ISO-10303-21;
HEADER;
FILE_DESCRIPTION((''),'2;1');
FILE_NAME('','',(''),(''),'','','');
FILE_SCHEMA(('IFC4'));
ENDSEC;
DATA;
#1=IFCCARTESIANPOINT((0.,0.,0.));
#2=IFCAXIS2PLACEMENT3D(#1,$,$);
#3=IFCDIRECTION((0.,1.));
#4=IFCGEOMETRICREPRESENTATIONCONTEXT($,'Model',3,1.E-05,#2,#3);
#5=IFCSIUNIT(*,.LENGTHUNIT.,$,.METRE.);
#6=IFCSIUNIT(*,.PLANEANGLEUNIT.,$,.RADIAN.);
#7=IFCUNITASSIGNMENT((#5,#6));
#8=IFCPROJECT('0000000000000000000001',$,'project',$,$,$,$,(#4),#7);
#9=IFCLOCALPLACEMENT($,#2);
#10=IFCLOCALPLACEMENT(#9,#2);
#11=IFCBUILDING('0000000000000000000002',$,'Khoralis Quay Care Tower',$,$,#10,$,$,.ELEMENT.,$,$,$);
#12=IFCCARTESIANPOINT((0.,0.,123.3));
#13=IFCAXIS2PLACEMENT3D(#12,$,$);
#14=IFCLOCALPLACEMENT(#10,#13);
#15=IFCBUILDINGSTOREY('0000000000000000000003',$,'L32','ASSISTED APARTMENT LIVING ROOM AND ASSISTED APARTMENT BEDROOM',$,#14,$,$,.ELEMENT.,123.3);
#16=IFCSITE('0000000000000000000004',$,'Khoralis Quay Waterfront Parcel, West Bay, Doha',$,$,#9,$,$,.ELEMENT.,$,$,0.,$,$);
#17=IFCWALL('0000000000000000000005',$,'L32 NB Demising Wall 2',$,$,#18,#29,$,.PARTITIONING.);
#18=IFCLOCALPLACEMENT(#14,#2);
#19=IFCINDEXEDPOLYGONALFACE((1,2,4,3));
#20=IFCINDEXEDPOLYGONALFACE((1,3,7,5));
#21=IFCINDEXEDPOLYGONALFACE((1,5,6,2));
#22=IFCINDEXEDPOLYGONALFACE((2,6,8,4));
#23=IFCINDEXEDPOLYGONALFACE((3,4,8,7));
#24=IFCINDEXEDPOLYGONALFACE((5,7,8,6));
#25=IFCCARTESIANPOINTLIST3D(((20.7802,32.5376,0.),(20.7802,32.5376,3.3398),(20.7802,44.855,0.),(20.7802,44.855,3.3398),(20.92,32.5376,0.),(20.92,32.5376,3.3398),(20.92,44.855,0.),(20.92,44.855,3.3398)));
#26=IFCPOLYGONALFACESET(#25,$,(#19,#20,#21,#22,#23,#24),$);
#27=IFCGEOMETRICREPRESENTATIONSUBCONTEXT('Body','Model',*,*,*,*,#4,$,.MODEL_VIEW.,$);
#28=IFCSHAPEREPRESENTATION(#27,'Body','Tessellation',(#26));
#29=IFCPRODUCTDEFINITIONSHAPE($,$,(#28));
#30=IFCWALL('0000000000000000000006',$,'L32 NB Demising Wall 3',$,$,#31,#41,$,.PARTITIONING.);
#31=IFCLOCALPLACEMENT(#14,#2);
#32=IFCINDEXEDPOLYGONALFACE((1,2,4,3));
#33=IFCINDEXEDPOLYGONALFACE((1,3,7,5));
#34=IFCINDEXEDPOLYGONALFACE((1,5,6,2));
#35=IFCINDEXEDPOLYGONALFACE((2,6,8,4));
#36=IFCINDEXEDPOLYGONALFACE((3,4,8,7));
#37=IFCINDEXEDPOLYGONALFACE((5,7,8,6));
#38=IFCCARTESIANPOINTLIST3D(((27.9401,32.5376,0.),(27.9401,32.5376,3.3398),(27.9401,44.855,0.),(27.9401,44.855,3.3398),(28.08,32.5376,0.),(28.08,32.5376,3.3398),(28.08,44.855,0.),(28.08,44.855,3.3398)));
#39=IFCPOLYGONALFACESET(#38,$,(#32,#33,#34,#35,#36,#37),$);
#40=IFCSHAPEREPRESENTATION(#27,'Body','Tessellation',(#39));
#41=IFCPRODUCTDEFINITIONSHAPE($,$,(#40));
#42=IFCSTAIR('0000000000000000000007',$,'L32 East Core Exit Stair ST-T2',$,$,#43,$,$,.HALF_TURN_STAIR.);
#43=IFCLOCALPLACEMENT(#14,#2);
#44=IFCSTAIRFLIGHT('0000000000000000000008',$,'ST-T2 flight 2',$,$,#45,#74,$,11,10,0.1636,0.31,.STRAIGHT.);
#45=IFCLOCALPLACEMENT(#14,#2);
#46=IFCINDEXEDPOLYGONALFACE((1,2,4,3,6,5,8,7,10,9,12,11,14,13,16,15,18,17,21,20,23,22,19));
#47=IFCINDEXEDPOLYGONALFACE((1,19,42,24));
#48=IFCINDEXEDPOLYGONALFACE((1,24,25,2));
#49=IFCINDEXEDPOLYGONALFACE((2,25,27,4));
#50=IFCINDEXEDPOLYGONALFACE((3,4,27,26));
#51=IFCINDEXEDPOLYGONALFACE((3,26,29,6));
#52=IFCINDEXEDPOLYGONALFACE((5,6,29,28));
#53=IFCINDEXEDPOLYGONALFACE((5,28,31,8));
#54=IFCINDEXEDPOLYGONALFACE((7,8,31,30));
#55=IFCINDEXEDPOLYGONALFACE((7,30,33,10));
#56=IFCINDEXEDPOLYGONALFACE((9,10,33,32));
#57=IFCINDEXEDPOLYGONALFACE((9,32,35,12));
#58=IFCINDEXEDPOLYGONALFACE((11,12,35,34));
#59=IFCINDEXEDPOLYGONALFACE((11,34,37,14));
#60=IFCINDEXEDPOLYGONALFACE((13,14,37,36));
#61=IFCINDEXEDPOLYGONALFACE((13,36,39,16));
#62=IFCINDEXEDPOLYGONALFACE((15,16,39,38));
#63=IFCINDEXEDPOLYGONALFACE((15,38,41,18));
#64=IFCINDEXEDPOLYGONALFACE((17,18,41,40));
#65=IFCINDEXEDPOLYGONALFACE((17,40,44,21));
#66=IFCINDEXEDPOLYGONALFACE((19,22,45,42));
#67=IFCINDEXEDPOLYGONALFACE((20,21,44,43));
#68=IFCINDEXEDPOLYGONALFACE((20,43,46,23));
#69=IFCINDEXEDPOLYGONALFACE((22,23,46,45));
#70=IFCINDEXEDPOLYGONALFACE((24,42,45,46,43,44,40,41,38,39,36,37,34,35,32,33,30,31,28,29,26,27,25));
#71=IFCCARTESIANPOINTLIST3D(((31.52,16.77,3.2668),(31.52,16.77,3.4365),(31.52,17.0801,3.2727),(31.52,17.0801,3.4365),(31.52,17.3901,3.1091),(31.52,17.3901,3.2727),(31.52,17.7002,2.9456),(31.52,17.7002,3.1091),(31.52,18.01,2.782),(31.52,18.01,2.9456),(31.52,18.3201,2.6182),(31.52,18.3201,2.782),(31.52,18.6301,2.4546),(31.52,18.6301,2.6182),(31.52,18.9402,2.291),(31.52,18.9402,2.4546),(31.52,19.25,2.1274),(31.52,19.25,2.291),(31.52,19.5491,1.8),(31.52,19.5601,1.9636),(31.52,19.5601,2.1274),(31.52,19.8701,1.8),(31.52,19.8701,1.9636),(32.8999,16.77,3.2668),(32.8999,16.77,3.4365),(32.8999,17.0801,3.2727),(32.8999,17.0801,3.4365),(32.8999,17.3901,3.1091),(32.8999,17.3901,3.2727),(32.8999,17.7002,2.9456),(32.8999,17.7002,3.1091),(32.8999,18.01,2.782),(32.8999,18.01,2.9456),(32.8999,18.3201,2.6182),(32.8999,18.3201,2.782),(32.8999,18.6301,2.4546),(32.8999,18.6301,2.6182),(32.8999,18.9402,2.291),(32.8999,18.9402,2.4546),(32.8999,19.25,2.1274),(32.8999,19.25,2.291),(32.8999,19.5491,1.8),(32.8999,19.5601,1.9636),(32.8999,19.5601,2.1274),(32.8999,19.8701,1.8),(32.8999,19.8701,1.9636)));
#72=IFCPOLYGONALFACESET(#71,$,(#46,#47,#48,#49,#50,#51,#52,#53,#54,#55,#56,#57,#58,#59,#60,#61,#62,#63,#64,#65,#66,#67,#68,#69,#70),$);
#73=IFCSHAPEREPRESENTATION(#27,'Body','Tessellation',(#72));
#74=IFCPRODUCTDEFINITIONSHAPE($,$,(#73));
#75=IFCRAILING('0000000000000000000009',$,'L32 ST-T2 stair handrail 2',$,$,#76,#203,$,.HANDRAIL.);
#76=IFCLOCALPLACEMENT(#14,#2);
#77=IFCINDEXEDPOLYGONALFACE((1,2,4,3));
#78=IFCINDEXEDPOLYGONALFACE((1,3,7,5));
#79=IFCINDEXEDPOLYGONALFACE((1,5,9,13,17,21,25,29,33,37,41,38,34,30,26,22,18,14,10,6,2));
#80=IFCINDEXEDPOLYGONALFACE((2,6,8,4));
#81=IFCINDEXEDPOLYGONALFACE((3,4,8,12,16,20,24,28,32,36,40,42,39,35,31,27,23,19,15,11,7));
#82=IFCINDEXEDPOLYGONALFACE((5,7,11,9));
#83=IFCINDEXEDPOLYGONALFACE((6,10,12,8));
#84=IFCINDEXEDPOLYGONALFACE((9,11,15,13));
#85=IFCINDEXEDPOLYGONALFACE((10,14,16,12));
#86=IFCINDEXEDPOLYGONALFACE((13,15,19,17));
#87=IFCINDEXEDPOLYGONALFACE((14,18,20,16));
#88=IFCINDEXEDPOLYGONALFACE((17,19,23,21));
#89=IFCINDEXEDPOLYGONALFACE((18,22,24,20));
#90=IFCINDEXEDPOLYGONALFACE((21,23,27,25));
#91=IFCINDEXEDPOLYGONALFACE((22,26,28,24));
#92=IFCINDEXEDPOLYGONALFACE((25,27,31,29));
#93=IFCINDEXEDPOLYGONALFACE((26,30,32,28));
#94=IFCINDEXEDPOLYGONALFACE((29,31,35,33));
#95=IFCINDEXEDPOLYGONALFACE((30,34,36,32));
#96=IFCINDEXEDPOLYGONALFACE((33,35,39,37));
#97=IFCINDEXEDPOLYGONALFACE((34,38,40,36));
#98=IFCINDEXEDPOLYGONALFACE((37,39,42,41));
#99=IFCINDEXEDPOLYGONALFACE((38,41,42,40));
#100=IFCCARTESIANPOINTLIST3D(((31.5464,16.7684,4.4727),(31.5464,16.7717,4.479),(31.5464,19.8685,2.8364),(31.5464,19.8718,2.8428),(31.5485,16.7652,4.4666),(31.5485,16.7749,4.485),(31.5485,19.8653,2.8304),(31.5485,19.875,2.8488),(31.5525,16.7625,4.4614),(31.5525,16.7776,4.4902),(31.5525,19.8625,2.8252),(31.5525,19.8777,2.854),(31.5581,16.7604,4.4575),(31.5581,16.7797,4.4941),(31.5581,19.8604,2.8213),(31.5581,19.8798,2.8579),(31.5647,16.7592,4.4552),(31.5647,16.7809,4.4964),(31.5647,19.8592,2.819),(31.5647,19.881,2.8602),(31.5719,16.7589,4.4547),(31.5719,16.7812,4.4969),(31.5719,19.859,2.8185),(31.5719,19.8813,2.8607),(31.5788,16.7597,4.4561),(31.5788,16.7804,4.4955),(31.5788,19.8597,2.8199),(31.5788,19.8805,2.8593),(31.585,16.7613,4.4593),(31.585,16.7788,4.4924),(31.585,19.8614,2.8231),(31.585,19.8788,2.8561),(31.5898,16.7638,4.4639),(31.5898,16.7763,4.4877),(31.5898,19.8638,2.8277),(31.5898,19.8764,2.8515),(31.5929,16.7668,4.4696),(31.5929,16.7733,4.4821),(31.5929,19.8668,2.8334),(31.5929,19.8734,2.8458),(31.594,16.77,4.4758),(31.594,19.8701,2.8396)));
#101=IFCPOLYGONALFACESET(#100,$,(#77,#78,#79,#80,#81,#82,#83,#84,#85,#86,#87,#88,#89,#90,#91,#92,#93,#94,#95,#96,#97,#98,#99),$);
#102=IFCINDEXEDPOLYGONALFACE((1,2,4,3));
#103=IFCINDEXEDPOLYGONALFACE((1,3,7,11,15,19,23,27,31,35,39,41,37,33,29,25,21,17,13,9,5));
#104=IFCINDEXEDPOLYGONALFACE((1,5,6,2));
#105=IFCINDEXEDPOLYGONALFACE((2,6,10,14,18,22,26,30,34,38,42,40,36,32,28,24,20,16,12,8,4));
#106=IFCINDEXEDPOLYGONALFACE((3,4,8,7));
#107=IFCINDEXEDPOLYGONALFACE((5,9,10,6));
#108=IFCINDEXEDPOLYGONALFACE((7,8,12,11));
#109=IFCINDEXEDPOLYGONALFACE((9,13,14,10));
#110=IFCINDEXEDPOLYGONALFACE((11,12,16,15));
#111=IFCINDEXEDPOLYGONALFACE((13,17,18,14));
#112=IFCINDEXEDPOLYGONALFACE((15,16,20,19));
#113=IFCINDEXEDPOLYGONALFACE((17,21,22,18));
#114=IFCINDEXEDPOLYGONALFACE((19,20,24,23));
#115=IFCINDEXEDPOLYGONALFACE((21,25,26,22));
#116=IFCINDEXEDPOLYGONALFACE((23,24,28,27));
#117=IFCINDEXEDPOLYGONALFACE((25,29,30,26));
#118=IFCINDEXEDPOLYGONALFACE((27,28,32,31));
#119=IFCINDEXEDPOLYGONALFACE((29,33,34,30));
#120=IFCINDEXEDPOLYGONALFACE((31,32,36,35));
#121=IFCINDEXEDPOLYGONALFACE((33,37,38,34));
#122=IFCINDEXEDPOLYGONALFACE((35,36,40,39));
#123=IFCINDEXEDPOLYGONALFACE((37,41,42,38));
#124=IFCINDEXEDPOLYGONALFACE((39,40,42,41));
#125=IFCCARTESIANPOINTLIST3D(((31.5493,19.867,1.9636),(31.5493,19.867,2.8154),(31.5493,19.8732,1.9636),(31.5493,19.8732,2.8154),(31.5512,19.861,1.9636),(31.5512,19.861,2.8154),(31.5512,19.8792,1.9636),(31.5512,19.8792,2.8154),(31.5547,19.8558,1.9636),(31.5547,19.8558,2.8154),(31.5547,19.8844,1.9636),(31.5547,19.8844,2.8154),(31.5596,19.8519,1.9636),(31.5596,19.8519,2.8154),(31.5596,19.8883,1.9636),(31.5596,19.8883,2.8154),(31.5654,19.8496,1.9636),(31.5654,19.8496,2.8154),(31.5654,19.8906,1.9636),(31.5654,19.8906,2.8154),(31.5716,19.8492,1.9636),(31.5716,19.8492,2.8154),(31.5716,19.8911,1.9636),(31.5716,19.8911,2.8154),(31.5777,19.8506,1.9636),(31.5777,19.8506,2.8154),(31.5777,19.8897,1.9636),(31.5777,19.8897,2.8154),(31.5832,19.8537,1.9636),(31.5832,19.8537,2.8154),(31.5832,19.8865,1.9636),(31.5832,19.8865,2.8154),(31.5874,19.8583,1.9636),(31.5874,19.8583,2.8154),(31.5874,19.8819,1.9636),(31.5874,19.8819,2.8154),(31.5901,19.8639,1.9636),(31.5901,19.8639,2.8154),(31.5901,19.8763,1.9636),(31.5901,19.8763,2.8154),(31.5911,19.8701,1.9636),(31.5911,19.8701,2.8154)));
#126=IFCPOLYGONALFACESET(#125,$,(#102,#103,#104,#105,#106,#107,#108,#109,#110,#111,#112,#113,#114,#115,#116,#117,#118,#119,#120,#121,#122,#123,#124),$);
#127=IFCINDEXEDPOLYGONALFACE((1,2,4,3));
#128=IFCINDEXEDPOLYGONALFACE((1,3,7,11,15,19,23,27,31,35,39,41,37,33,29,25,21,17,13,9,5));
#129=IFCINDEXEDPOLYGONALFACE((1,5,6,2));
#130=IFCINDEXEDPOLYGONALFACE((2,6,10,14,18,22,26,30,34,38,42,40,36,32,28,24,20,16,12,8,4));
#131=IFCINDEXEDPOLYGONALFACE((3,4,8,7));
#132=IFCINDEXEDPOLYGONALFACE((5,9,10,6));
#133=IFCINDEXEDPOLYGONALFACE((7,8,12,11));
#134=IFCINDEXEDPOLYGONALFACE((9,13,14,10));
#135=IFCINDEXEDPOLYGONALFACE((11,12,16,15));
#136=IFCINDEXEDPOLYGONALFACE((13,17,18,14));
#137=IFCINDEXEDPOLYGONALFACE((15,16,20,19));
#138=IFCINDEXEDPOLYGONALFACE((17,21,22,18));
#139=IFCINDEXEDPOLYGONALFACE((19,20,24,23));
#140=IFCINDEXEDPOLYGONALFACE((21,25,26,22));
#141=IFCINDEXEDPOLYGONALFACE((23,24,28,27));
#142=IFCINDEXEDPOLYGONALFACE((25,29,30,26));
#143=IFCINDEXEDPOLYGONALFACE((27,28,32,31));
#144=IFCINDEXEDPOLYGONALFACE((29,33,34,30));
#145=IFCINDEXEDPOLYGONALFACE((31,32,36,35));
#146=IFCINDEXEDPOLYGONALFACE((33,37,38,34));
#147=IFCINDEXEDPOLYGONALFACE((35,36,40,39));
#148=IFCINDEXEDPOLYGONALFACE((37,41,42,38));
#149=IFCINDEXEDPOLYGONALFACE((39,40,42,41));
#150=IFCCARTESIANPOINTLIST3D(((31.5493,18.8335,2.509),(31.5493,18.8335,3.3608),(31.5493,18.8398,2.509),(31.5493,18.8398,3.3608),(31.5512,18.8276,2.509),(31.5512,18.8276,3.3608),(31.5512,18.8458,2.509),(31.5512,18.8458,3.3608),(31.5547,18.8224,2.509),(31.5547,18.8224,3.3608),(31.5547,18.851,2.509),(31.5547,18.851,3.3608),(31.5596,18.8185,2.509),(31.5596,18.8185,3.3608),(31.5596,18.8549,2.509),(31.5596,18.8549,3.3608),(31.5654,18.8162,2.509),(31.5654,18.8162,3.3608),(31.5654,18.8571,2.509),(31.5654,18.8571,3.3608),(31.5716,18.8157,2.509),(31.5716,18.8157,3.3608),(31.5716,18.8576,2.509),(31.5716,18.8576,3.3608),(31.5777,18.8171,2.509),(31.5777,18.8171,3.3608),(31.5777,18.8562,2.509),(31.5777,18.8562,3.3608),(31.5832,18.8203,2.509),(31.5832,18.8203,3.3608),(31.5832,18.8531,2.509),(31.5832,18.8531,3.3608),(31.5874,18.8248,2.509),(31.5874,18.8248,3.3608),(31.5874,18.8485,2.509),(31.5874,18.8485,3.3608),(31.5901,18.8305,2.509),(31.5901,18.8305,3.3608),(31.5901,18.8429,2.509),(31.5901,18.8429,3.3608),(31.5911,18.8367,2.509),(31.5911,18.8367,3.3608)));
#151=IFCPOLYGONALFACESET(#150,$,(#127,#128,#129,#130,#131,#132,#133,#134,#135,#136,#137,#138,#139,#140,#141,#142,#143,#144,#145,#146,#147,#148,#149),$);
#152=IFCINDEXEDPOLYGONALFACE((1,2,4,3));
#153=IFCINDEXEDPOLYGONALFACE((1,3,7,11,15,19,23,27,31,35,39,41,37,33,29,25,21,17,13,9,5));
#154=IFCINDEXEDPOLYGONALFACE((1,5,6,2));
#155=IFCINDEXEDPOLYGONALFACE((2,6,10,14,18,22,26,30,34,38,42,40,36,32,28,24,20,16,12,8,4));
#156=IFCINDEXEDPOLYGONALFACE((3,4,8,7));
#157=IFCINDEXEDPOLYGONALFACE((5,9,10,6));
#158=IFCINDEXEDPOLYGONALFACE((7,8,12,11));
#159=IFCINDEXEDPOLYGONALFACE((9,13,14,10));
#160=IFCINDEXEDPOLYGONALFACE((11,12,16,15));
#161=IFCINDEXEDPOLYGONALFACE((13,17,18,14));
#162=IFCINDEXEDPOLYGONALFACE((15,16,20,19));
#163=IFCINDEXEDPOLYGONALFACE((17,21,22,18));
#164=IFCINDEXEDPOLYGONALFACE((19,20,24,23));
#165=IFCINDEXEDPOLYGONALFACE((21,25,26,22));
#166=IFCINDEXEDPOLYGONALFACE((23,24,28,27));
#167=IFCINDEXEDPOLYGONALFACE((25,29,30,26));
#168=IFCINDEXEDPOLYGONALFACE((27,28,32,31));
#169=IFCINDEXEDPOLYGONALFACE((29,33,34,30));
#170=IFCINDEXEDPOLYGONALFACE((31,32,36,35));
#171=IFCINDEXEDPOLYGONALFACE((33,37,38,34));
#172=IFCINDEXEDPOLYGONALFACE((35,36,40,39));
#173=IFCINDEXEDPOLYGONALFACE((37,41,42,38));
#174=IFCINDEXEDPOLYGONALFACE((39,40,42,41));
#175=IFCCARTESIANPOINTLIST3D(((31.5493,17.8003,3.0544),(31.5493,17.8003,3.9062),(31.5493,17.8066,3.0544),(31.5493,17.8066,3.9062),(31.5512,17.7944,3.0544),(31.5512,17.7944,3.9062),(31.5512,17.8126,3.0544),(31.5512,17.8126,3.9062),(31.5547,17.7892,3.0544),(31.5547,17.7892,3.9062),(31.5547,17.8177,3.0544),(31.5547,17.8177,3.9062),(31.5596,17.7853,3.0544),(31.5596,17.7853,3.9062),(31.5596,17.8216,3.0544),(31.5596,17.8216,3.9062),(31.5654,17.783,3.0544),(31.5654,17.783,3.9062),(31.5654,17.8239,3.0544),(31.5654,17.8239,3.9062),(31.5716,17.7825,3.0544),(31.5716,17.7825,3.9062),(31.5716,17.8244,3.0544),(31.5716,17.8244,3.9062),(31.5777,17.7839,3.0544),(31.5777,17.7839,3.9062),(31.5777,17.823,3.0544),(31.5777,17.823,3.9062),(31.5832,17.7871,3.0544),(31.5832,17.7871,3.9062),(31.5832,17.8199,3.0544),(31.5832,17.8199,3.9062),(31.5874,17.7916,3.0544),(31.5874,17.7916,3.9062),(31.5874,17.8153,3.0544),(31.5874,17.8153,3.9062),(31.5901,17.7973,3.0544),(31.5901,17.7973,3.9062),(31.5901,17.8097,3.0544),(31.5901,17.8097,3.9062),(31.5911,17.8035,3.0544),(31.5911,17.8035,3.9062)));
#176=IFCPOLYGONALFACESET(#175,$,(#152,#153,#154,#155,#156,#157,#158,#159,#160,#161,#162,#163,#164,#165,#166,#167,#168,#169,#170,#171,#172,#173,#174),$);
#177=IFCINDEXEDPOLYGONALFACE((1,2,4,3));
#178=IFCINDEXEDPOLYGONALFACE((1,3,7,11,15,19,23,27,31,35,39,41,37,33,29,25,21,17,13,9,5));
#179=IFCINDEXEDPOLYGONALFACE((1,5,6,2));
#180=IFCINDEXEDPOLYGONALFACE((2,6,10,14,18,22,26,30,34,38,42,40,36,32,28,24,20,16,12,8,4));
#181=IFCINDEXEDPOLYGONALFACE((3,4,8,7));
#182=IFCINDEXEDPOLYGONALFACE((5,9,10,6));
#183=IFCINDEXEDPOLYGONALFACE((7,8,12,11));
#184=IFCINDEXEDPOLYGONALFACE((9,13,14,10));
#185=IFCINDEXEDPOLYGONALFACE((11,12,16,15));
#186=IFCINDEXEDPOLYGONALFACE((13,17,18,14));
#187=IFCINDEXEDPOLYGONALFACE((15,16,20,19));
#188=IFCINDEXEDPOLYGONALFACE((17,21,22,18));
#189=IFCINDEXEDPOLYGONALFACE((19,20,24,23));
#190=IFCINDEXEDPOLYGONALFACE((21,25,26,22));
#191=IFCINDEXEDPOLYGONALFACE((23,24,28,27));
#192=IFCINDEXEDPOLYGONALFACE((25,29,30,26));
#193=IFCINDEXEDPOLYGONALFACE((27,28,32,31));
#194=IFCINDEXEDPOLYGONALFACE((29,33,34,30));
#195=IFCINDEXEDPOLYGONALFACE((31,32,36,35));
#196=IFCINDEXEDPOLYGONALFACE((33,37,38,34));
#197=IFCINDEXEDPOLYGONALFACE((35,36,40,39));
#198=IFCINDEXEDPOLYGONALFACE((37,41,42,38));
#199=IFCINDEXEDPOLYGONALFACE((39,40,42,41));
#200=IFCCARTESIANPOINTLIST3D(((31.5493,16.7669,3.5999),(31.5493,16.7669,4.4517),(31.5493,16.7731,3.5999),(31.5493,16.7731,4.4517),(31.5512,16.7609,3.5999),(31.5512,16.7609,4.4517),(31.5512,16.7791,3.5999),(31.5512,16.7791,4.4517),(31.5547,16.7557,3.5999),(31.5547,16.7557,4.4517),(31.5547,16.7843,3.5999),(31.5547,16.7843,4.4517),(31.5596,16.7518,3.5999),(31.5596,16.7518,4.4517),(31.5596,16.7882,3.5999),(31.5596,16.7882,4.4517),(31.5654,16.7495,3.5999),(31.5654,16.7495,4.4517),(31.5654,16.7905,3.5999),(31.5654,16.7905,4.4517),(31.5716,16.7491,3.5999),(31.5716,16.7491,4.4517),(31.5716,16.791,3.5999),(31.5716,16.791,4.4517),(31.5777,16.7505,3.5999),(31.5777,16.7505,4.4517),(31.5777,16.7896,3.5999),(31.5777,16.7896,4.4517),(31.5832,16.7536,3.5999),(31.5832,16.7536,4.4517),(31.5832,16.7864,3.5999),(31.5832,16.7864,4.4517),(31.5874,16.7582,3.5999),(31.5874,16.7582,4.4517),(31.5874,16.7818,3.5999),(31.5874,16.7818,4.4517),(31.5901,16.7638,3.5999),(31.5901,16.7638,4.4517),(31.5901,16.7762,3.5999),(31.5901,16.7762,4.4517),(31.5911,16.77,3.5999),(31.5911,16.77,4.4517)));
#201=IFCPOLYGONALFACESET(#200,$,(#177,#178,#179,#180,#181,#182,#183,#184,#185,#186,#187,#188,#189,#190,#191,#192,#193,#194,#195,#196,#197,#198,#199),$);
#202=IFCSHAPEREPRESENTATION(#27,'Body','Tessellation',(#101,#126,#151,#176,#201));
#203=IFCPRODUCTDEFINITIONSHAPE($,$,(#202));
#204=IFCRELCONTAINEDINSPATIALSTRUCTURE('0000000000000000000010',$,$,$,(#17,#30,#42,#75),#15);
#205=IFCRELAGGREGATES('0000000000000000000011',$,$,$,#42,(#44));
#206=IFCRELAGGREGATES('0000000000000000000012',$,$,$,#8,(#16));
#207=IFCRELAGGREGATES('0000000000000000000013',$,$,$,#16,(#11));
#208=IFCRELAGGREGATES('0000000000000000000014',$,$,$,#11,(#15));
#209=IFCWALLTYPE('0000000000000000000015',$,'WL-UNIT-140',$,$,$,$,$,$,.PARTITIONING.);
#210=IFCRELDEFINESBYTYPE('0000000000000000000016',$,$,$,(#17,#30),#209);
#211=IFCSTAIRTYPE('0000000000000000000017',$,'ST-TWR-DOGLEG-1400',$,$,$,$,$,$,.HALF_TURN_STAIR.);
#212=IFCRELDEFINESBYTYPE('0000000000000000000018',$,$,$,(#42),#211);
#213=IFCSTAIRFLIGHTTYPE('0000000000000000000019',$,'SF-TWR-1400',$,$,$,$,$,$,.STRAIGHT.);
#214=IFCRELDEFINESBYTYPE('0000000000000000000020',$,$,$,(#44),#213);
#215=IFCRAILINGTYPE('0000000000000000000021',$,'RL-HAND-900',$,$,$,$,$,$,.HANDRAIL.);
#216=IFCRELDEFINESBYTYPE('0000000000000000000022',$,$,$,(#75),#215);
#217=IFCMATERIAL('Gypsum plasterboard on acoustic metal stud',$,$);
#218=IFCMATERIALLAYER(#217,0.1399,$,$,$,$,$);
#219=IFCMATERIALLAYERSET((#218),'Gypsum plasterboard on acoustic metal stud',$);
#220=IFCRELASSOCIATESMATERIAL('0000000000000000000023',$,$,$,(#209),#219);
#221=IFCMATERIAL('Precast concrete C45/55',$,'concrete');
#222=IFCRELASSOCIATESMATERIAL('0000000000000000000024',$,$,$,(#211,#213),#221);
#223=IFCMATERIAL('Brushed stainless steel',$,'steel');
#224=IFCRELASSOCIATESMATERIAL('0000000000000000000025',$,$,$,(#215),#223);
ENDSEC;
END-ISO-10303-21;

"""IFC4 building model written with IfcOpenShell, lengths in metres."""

from ifc_helpers import new_model, si_unit, direction, frame, frame_2d, origin, origin_2d, place, context, subcontext, project, spatial, polyline, rectangle, circle, outline, extrude, source, transform, mapped, material, layer, layer_set, type_object, element, aggregate, save


model = new_model("IFC4")

# Units and contexts
model_context = context("Model", 3, precision=1e-05, world=origin(), true_north=direction((0.0, 1.0)))
body_context = subcontext(model_context, "Body", "Model", "MODEL_VIEW")
ifc_project = project(units=[si_unit("LENGTHUNIT", "METRE"), si_unit("PLANEANGLEUNIT", "RADIAN")], contexts=[model_context])

# Site, building, storey
site_placement = place(None, origin())
site = spatial("IfcSite", under=ifc_project, at=site_placement, Name="Khoralis Quay Waterfront Parcel, West Bay, Doha", CompositionType="ELEMENT", RefElevation=0.0)
building_placement = place(site_placement, origin())
building = spatial("IfcBuilding", under=site, at=building_placement, Name="Khoralis Quay Care Tower", CompositionType="ELEMENT")
storey_placement = place(building_placement, frame((0.0, 0.0, 123.3)))
storey = spatial("IfcBuildingStorey", under=building, at=storey_placement, Name="L32", Description="ASSISTED APARTMENT LIVING ROOM AND ASSISTED APARTMENT BEDROOM", CompositionType="ELEMENT", Elevation=123.3)

# Shared definitions
ifc_material_1 = material(Name="Brushed stainless steel", Category="steel")

# Shared definitions
ifc_material_2 = material(Name="Gypsum plasterboard on acoustic metal stud")

# Walls
ifc_layer_1 = layer(ifc_material_2, 0.1399)
ifc_layer_set_1 = layer_set([ifc_layer_1], Name="Gypsum plasterboard on acoustic metal stud")
wall_type_1 = type_object("IfcWallType", Name="WL-UNIT-140", PredefinedType="PARTITIONING", material=ifc_layer_set_1)
for number, where, z_axis, x_axis, name in (
    (1, (20.8501, 32.5376, 0.0), (0.0, 0.0, 1.0), (0.0, 1.0, 0.0), "L32 NB Demising Wall 2"),
    (2, (28.01, 32.5376, 0.0), (0.0, 0.0, 1.0), (0.0, 1.0, 0.0), "L32 NB Demising Wall 3"),
):
    element("IfcWall", number, at=place(storey_placement, frame(where, z_axis=z_axis, x_axis=x_axis)), inside=storey, type_object=wall_type_1, Name=name, PredefinedType="PARTITIONING", context=body_context, shape_type="SweptSolid", body=[
        extrude(rectangle(XDim=12.3174, YDim=0.1399, at=frame_2d((6.1587, 0.0))), origin(), (0.0, 0.0, 1.0), 3.3398),
    ])

# Stair, stair flight
ifc_material_3 = material(Name="Precast concrete C45/55", Category="concrete")
stair_type = type_object("IfcStairType", Name="ST-TWR-DOGLEG-1400", PredefinedType="HALF_TURN_STAIR", material=ifc_material_3)
stair_placement = place(storey_placement, origin())
stair = element("IfcStair", 3, at=stair_placement, inside=storey, type_object=stair_type, Name="L32 East Core Exit Stair ST-T2", PredefinedType="HALF_TURN_STAIR")
stair_flight_type = type_object("IfcStairFlightType", Name="SF-TWR-1400", PredefinedType="STRAIGHT", material=ifc_material_3)
shared_shape_1 = source(origin(), body_context, "Body", "SweptSolid", [
    extrude(outline(polyline([(0.0, 0.0), (0.0, 0.1636), (0.3101, 0.1636), (0.3101, 0.3274), (0.6201, 0.3274), (0.6201, 0.491), (0.9299, 0.491), (0.9299, 0.6545), (1.24, 0.6545), (1.24, 0.8181), (1.55, 0.8181), (1.55, 0.9819), (1.8601, 0.9819), (1.8601, 1.1455), (2.1699, 1.1455), (2.1699, 1.3091), (2.48, 1.3091), (2.48, 1.4727), (2.79, 1.4727), (2.79, 1.6365), (3.1001, 1.6365), (3.1001, 1.8), (3.1001, 1.4668), (0.321, 0.0), (0.0, 0.0)])), frame((0.0, 0.6899, 0.0), z_axis=(0.0, -1.0, 0.0), x_axis=(1.0, 0.0, 0.0)), (0.0, 0.0, 1.0), 1.3799),
])
stair_flight_placement = place(storey_placement, frame((32.21, 19.8701, 1.8), z_axis=(0.0, 0.0, 1.0), x_axis=(0.0, -1.0, 0.0)))
stair_flight = element("IfcStairFlight", 4, at=stair_flight_placement, type_object=stair_flight_type, Name="ST-T2 flight 2", NumberOfRisers=11, NumberOfTreads=10, PredefinedType="STRAIGHT", RiserHeight=0.1636, TreadLength=0.31, context=body_context, shape_type="MappedRepresentation", body=[
    mapped(shared_shape_1, transform((0.0, 0.0, 0.0), scale=1.0)),
])
aggregate(stair, [stair_flight])

# Railing
railing_type = type_object("IfcRailingType", Name="RL-HAND-900", PredefinedType="HANDRAIL", material=ifc_material_1)
railing_placement = place(storey_placement, frame((31.5701, 19.8701, 1.9636)))
element("IfcRailing", 5, at=railing_placement, inside=storey, type_object=railing_type, Name="L32 ST-T2 stair handrail 2", PredefinedType="HANDRAIL", context=body_context, shape_type="SweptSolid", body=[
    extrude(circle(Radius=0.0239, at=origin_2d()), frame((0.0, 0.0, 0.876), z_axis=(0.0, -0.884377, 0.466774), x_axis=(1.0, 0.0, 0.0)), (0.0, 0.0, 1.0), 3.5054),
    extrude(circle(Radius=0.021, at=origin_2d()), origin(), (0.0, 0.0, 1.0), 0.8518),
    extrude(circle(Radius=0.021, at=origin_2d()), frame((0.0, -1.0334, 0.5454)), (0.0, 0.0, 1.0), 0.8518),
    extrude(circle(Radius=0.021, at=origin_2d()), frame((0.0, -2.0667, 1.0908)), (0.0, 0.0, 1.0), 0.8518),
    extrude(circle(Radius=0.021, at=origin_2d()), frame((0.0, -3.1001, 1.6362)), (0.0, 0.0, 1.0), 0.8518),
])

save(model, "model.ifc")
